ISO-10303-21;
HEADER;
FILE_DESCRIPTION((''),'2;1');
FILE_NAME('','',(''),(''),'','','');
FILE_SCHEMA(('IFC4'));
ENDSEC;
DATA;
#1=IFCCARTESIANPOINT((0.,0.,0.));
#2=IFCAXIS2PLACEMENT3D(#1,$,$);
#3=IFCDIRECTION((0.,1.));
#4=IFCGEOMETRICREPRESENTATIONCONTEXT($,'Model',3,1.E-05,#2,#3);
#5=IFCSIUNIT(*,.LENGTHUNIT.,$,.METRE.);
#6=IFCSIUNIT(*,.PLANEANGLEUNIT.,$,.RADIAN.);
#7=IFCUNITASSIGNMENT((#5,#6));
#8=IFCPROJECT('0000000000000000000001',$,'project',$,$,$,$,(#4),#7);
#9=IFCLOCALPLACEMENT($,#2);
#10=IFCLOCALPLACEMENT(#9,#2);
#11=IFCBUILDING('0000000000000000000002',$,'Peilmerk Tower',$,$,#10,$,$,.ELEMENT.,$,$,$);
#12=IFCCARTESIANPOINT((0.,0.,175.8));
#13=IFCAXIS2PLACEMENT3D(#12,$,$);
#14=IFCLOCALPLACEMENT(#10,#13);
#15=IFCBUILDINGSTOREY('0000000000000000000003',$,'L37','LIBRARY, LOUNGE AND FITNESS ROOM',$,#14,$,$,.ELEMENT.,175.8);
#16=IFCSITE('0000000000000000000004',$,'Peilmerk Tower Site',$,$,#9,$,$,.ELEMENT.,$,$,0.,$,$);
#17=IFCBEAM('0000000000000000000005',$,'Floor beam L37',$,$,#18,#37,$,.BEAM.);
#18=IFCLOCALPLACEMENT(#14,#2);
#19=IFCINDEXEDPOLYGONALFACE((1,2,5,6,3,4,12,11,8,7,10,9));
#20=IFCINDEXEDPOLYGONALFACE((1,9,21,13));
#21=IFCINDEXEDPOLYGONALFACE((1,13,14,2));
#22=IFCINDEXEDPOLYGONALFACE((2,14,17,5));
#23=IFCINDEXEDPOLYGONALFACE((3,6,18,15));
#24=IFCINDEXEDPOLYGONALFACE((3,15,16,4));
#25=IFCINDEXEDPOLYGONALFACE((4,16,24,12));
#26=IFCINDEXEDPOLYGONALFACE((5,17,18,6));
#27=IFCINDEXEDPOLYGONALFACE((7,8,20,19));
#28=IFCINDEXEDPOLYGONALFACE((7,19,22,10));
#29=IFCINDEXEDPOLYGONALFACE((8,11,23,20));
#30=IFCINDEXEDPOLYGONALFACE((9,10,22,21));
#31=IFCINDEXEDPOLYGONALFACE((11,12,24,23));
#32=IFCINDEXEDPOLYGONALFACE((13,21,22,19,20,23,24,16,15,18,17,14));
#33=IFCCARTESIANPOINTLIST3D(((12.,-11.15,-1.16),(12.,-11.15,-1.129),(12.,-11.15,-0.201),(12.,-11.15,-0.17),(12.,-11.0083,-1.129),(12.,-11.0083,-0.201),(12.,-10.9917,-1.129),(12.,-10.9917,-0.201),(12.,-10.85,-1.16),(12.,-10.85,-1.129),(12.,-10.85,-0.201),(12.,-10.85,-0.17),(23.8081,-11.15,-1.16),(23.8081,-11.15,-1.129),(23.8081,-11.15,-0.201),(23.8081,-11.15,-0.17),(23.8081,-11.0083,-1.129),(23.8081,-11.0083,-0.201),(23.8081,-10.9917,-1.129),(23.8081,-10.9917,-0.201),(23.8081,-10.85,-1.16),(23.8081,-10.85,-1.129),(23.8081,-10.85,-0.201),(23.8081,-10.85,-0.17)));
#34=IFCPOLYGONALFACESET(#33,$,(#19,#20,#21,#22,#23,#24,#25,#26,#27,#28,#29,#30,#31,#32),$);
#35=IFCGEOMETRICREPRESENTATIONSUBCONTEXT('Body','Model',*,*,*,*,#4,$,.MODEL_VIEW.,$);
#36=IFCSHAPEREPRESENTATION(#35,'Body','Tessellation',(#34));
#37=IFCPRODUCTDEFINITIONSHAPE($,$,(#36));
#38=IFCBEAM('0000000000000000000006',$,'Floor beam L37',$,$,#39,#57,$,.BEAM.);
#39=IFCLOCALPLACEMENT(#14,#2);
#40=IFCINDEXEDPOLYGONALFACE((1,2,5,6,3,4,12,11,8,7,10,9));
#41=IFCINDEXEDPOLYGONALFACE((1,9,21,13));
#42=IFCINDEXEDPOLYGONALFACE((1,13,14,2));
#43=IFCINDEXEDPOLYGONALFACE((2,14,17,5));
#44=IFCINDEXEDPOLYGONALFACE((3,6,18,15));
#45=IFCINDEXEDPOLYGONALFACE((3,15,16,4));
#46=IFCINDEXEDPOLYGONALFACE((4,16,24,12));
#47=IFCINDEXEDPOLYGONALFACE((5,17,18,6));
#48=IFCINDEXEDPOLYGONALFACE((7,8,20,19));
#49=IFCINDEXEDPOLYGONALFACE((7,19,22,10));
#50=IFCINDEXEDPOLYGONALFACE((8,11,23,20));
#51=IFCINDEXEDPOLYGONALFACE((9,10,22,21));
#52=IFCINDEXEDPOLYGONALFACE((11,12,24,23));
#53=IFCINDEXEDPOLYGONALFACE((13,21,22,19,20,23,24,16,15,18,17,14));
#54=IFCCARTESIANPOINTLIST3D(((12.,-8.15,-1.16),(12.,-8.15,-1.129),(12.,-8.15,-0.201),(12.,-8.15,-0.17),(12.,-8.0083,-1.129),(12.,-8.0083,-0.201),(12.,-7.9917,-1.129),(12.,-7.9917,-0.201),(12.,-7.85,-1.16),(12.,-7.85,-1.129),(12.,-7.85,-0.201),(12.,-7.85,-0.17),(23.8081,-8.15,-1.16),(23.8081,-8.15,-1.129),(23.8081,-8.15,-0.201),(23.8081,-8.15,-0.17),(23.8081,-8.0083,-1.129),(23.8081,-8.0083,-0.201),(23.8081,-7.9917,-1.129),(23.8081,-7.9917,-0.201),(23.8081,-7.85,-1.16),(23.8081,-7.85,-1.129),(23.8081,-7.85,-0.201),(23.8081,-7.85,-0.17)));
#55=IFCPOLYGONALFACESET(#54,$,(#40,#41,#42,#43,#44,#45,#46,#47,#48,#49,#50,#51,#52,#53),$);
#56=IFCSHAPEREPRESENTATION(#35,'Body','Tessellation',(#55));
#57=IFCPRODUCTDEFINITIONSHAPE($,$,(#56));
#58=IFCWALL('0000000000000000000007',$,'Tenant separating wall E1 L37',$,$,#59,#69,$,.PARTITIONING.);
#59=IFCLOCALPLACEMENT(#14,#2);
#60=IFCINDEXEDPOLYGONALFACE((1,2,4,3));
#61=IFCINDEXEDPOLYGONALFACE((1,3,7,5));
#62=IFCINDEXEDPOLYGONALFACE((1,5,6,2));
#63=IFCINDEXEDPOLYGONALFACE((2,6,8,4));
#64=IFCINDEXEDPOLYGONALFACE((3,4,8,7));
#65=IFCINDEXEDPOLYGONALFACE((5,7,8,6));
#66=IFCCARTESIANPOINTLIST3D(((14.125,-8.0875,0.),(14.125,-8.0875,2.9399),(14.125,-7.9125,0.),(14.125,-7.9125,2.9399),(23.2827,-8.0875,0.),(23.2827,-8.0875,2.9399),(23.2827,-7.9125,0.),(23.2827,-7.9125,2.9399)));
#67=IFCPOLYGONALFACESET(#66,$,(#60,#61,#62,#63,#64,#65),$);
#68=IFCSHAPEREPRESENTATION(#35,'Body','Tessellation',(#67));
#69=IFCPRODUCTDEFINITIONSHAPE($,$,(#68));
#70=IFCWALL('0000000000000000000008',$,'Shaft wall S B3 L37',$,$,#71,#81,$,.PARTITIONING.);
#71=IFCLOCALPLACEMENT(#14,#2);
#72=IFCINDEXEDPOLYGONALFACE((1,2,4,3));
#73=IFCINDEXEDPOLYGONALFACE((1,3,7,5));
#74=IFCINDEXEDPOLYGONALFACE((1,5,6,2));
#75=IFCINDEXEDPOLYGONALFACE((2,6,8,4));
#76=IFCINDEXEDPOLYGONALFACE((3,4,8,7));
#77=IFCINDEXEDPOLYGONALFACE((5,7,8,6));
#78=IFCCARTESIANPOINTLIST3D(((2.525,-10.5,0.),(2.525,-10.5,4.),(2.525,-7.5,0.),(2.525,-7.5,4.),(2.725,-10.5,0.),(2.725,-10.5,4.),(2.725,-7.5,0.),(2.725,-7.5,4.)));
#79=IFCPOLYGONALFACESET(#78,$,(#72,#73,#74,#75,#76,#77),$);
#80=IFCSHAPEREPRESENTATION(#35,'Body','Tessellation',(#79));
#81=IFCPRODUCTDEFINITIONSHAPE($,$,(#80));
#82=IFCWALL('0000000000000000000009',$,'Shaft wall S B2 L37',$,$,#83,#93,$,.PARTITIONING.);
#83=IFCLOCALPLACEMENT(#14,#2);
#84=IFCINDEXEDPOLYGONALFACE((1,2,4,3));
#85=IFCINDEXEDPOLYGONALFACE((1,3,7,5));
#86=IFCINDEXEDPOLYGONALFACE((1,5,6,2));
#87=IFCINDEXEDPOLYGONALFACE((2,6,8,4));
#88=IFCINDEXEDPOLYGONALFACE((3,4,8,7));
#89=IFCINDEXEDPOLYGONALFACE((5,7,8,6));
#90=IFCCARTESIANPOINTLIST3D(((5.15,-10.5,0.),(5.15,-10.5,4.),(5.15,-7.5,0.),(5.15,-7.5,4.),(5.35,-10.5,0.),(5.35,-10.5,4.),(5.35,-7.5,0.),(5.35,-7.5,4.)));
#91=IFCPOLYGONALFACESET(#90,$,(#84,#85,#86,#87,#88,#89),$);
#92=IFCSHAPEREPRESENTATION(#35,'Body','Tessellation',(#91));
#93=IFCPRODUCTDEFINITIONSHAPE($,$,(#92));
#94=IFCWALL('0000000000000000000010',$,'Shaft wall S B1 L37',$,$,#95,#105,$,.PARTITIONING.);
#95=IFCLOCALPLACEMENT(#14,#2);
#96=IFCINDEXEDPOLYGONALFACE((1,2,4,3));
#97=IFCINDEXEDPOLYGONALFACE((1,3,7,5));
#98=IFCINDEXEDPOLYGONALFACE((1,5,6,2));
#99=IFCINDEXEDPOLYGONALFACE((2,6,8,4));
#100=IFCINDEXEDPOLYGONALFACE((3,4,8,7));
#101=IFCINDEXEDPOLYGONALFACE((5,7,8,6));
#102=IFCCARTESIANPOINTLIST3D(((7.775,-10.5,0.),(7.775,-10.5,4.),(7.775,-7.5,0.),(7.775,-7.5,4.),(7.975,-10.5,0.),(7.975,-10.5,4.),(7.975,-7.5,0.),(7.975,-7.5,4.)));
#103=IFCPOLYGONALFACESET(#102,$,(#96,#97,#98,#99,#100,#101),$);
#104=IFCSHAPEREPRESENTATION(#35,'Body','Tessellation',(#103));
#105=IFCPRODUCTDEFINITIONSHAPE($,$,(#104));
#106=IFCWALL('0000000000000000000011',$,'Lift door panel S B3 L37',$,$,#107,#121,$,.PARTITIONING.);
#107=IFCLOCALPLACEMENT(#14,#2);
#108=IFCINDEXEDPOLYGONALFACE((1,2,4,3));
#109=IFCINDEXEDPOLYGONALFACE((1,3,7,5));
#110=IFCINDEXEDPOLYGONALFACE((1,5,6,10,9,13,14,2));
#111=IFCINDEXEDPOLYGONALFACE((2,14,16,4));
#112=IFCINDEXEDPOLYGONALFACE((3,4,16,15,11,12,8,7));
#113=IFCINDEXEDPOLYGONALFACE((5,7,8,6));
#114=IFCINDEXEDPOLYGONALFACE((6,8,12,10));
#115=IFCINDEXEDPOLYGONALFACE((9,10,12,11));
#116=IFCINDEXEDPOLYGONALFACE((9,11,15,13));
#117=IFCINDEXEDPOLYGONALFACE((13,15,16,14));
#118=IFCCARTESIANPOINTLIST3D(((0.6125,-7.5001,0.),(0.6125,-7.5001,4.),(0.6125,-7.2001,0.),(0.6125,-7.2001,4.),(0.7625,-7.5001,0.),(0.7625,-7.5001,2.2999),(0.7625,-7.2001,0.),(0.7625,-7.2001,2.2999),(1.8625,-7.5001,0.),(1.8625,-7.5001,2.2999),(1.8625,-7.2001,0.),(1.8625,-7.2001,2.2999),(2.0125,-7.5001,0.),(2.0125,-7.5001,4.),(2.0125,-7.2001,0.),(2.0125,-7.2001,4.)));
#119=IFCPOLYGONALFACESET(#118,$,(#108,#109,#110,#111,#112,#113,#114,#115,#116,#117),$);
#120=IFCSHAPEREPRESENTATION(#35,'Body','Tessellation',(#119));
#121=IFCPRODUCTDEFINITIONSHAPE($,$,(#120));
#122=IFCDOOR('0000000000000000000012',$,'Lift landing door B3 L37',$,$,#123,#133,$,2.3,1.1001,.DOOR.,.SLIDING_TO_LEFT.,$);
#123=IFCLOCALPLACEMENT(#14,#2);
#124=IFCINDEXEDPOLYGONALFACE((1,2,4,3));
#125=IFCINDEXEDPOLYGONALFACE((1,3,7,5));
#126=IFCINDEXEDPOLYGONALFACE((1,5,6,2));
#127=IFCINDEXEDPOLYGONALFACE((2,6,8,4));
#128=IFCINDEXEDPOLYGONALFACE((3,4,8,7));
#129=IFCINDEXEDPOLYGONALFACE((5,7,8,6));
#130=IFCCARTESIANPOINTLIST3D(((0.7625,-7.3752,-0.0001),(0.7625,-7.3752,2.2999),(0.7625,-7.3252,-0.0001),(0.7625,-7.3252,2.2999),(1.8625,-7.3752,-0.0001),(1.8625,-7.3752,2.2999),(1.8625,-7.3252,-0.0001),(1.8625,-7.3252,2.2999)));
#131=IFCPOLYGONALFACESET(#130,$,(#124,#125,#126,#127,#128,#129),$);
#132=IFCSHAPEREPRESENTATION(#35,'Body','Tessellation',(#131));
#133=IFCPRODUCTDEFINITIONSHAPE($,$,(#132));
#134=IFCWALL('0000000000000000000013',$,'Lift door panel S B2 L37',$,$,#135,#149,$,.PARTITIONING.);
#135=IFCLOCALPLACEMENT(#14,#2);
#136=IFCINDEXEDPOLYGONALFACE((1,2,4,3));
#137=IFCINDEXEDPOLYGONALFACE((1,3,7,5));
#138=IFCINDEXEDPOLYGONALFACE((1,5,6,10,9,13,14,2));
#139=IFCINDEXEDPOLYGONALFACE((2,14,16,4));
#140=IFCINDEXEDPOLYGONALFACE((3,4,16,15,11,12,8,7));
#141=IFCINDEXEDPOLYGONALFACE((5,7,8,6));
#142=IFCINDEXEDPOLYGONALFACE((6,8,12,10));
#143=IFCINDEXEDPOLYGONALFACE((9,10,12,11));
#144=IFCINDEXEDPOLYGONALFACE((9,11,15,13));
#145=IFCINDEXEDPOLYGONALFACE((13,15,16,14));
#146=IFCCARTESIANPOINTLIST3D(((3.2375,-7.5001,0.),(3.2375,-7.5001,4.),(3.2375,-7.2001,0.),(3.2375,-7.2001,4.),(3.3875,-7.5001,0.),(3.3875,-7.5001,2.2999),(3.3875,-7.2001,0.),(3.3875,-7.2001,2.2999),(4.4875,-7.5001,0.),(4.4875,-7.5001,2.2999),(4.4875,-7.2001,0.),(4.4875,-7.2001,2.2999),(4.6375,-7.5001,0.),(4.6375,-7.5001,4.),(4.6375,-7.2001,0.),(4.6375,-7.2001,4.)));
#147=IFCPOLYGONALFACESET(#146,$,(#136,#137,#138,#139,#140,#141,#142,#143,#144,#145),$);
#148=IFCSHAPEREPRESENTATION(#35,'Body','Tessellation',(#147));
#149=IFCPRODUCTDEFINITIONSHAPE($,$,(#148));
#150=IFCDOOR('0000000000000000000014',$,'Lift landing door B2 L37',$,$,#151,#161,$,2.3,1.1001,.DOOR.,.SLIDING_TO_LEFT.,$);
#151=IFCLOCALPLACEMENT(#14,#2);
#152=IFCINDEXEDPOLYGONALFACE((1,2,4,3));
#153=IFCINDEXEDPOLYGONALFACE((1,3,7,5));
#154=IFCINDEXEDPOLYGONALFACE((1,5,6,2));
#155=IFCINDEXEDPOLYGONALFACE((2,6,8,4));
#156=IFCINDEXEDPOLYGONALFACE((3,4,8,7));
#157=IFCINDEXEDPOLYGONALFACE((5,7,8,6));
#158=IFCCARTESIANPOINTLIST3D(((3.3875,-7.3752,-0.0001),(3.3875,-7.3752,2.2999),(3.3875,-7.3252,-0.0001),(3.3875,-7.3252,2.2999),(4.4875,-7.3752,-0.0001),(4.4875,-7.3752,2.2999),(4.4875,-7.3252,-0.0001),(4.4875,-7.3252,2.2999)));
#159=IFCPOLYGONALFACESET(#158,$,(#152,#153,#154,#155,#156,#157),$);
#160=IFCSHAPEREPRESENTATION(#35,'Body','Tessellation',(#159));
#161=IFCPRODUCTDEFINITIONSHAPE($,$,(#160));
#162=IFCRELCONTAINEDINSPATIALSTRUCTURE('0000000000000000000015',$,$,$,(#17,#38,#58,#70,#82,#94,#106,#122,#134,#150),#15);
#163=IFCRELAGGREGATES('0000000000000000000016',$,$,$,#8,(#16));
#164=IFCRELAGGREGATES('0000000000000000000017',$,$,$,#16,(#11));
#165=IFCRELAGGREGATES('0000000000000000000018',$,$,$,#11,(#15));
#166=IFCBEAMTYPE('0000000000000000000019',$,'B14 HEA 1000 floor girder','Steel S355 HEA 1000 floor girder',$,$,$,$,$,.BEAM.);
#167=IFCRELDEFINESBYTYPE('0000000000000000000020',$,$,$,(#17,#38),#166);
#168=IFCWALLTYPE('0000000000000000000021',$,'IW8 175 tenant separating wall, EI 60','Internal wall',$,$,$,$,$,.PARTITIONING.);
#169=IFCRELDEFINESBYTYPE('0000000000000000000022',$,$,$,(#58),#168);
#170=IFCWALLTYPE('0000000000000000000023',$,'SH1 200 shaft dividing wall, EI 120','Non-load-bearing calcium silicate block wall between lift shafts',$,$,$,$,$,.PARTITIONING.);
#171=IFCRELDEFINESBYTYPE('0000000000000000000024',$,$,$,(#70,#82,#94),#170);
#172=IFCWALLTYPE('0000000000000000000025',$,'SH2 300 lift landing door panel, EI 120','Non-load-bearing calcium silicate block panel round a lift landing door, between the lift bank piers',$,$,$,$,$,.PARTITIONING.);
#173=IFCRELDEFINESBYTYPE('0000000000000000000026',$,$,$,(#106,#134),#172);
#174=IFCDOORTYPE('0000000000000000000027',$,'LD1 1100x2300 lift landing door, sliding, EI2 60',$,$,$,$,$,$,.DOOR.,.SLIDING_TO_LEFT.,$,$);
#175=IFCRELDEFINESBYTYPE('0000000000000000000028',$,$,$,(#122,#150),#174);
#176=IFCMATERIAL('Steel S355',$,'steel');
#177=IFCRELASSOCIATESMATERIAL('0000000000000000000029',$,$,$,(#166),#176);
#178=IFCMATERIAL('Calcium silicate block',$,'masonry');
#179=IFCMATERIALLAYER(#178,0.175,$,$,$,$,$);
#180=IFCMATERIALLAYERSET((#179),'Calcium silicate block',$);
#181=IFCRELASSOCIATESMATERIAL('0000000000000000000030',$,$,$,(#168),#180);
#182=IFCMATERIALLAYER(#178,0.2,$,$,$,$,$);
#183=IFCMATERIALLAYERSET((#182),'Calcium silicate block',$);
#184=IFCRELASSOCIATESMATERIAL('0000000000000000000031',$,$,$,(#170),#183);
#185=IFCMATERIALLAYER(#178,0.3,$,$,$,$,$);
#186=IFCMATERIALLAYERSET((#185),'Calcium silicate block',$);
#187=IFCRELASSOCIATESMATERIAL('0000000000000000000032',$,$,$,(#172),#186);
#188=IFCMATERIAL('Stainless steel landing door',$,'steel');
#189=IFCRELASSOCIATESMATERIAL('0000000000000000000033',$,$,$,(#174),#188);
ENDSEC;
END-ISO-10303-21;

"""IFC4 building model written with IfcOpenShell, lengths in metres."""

from ifc_helpers import new_model, si_unit, direction, frame, frame_2d, origin, origin_2d, place, context, subcontext, project, spatial, rectangle, i_section, extrude, material, layer, layer_set, material_profile, profile_set, type_object, element, fill, save


model = new_model("IFC4")

# Units and contexts
model_context = context("Model", 3, precision=1e-05, world=origin(), true_north=direction((0.0, 1.0)))
body_context = subcontext(model_context, "Body", "Model", "MODEL_VIEW")
ifc_project = project(units=[si_unit("LENGTHUNIT", "METRE"), si_unit("PLANEANGLEUNIT", "RADIAN")], contexts=[model_context])

# Site, building, storey
site_placement = place(None, origin())
site = spatial("IfcSite", under=ifc_project, at=site_placement, Name="Peilmerk Tower Site", CompositionType="ELEMENT", RefElevation=0.0)
building_placement = place(site_placement, origin())
building = spatial("IfcBuilding", under=site, at=building_placement, Name="Peilmerk Tower", CompositionType="ELEMENT")
storey_placement = place(building_placement, frame((0.0, 0.0, 175.8)))
storey = spatial("IfcBuildingStorey", under=building, at=storey_placement, Name="L37", Description="LIBRARY, LOUNGE AND FITNESS ROOM", CompositionType="ELEMENT", Elevation=175.8)

# Beams
ifc_material_1 = material(Name="Steel S355", Category="steel")
ifc_material_profile = material_profile(ifc_material_1, i_section(OverallWidth=0.3, OverallDepth=0.99, WebThickness=0.0166, FlangeThickness=0.031, at=origin_2d()), Name="HEA 1000")
ifc_profile_set = profile_set([ifc_material_profile], Name="Steel S355")
beam_type = type_object("IfcBeamType", Name="B14 HEA 1000 floor girder", Description="Steel S355 HEA 1000 floor girder", PredefinedType="BEAM", material=ifc_profile_set)
for number, where, z_axis, x_axis, name in (
    (1, (12.0, -11.0, -0.665), (1.0, 0.0, 0.0), (0.0, 1.0, 0.0), "Floor beam L37"),
    (2, (12.0, -8.0, -0.665), (1.0, 0.0, 0.0), (0.0, 1.0, 0.0), "Floor beam L37"),
):
    element("IfcBeam", number, at=place(storey_placement, frame(where, z_axis=z_axis, x_axis=x_axis)), inside=storey, type_object=beam_type, Name=name, PredefinedType="BEAM", context=body_context, shape_type="SweptSolid", body=[
        extrude(i_section(OverallWidth=0.3, OverallDepth=0.99, WebThickness=0.0166, FlangeThickness=0.031, at=origin_2d()), origin(), (0.0, 0.0, 1.0), 11.8081),
    ])

# Walls
ifc_material_2 = material(Name="Calcium silicate block", Category="masonry")
ifc_layer_1 = layer(ifc_material_2, 0.175)
ifc_layer_set_1 = layer_set([ifc_layer_1], Name="Calcium silicate block")
wall_type_1 = type_object("IfcWallType", Name="IW8 175 tenant separating wall, EI 60", Description="Internal wall", PredefinedType="PARTITIONING", material=ifc_layer_set_1)
wall_1_placement = place(storey_placement, frame((14.125, -8.0, 0.0), z_axis=(0.0, 0.0, 1.0), x_axis=(1.0, 0.0, 0.0)))
element("IfcWall", 3, at=wall_1_placement, inside=storey, type_object=wall_type_1, Name="Tenant separating wall E1 L37", PredefinedType="PARTITIONING", context=body_context, shape_type="SweptSolid", body=[
    extrude(rectangle(XDim=9.1577, YDim=0.175, at=frame_2d((4.5789, 0.0))), origin(), (0.0, 0.0, 1.0), 2.9399),
])
ifc_layer_2 = layer(ifc_material_2, 0.2)
ifc_layer_set_2 = layer_set([ifc_layer_2], Name="Calcium silicate block")
wall_type_2 = type_object("IfcWallType", Name="SH1 200 shaft dividing wall, EI 120", Description="Non-load-bearing calcium silicate block wall between lift shafts", PredefinedType="PARTITIONING", material=ifc_layer_set_2)
for number, where, z_axis, x_axis, name in (
    (4, (2.625, -10.5, 0.0), (0.0, 0.0, 1.0), (0.0, 1.0, 0.0), "Shaft wall S B3 L37"),
    (5, (5.25, -10.5, 0.0), (0.0, 0.0, 1.0), (0.0, 1.0, 0.0), "Shaft wall S B2 L37"),
    (6, (7.875, -10.5, 0.0), (0.0, 0.0, 1.0), (0.0, 1.0, 0.0), "Shaft wall S B1 L37"),
):
    element("IfcWall", number, at=place(storey_placement, frame(where, z_axis=z_axis, x_axis=x_axis)), inside=storey, type_object=wall_type_2, Name=name, PredefinedType="PARTITIONING", context=body_context, shape_type="SweptSolid", body=[
        extrude(rectangle(XDim=3.0, YDim=0.2, at=frame_2d((1.5, 0.0))), origin(), (0.0, 0.0, 1.0), 4.0),
    ])

# Walls, openings, doors
ifc_layer_3 = layer(ifc_material_2, 0.3)
ifc_layer_set_3 = layer_set([ifc_layer_3], Name="Calcium silicate block")
wall_type_3 = type_object("IfcWallType", Name="SH2 300 lift landing door panel, EI 120", Description="Non-load-bearing calcium silicate block panel round a lift landing door, between the lift bank piers", PredefinedType="PARTITIONING", material=ifc_layer_set_3)
wall_2_placement = place(storey_placement, frame((0.6125, -7.3501, 0.0), z_axis=(0.0, 0.0, 1.0), x_axis=(1.0, 0.0, 0.0)))
wall_2 = element("IfcWall", 7, at=wall_2_placement, inside=storey, type_object=wall_type_3, Name="Lift door panel S B3 L37", PredefinedType="PARTITIONING", context=body_context, shape_type="SweptSolid", body=[
    extrude(rectangle(XDim=1.3999, YDim=0.3, at=frame_2d((0.7, 0.0))), origin(), (0.0, 0.0, 1.0), 4.0),
])
opening_1_placement = place(wall_2_placement, frame((0.1499, 0.0, 0.0)))
opening_1 = element("IfcOpeningElement", 8, at=opening_1_placement, cuts=wall_2, PredefinedType="OPENING", context=body_context, shape_type="SweptSolid", body=[
    extrude(rectangle(XDim=1.1001, YDim=2.3, at=frame_2d((0.55, 1.1499))), frame((0.0, 0.1599, 0.0), z_axis=(0.0, -1.0, 0.0), x_axis=(1.0, 0.0, 0.0)), (0.0, 0.0, 1.0), 0.3201),
])
ifc_material_3 = material(Name="Stainless steel landing door", Category="steel")
door_type = type_object("IfcDoorType", Name="LD1 1100x2300 lift landing door, sliding, EI2 60", OperationType="SLIDING_TO_LEFT", PredefinedType="DOOR", material=ifc_material_3)
door_1_placement = place(opening_1_placement, origin())
door_1 = element("IfcDoor", 9, at=door_1_placement, inside=storey, type_object=door_type, Name="Lift landing door B3 L37", OperationType="SLIDING_TO_LEFT", OverallHeight=2.3, OverallWidth=1.1001, PredefinedType="DOOR", context=body_context, shape_type="SweptSolid", body=[
    extrude(rectangle(XDim=1.1001, YDim=2.3, at=frame_2d((0.55, 1.1499))), frame((0.0, 0.0249, 0.0), z_axis=(0.0, -1.0, 0.0), x_axis=(1.0, 0.0, 0.0)), (0.0, 0.0, 1.0), 0.05),
])
fill(opening_1, door_1)
wall_3_placement = place(storey_placement, frame((3.2375, -7.3501, 0.0), z_axis=(0.0, 0.0, 1.0), x_axis=(1.0, 0.0, 0.0)))
wall_3 = element("IfcWall", 10, at=wall_3_placement, inside=storey, type_object=wall_type_3, Name="Lift door panel S B2 L37", PredefinedType="PARTITIONING", context=body_context, shape_type="SweptSolid", body=[
    extrude(rectangle(XDim=1.3999, YDim=0.3, at=frame_2d((0.7, 0.0))), origin(), (0.0, 0.0, 1.0), 4.0),
])
opening_2_placement = place(wall_3_placement, frame((0.1499, 0.0, 0.0)))
opening_2 = element("IfcOpeningElement", 11, at=opening_2_placement, cuts=wall_3, PredefinedType="OPENING", context=body_context, shape_type="SweptSolid", body=[
    extrude(rectangle(XDim=1.1001, YDim=2.3, at=frame_2d((0.55, 1.1499))), frame((0.0, 0.1599, 0.0), z_axis=(0.0, -1.0, 0.0), x_axis=(1.0, 0.0, 0.0)), (0.0, 0.0, 1.0), 0.3201),
])
door_2_placement = place(opening_2_placement, origin())
door_2 = element("IfcDoor", 12, at=door_2_placement, inside=storey, type_object=door_type, Name="Lift landing door B2 L37", OperationType="SLIDING_TO_LEFT", OverallHeight=2.3, OverallWidth=1.1001, PredefinedType="DOOR", context=body_context, shape_type="SweptSolid", body=[
    extrude(rectangle(XDim=1.1001, YDim=2.3, at=frame_2d((0.55, 1.1499))), frame((0.0, 0.0249, 0.0), z_axis=(0.0, -1.0, 0.0), x_axis=(1.0, 0.0, 0.0)), (0.0, 0.0, 1.0), 0.05),
])
fill(opening_2, door_2)

save(model, "model.ifc")
